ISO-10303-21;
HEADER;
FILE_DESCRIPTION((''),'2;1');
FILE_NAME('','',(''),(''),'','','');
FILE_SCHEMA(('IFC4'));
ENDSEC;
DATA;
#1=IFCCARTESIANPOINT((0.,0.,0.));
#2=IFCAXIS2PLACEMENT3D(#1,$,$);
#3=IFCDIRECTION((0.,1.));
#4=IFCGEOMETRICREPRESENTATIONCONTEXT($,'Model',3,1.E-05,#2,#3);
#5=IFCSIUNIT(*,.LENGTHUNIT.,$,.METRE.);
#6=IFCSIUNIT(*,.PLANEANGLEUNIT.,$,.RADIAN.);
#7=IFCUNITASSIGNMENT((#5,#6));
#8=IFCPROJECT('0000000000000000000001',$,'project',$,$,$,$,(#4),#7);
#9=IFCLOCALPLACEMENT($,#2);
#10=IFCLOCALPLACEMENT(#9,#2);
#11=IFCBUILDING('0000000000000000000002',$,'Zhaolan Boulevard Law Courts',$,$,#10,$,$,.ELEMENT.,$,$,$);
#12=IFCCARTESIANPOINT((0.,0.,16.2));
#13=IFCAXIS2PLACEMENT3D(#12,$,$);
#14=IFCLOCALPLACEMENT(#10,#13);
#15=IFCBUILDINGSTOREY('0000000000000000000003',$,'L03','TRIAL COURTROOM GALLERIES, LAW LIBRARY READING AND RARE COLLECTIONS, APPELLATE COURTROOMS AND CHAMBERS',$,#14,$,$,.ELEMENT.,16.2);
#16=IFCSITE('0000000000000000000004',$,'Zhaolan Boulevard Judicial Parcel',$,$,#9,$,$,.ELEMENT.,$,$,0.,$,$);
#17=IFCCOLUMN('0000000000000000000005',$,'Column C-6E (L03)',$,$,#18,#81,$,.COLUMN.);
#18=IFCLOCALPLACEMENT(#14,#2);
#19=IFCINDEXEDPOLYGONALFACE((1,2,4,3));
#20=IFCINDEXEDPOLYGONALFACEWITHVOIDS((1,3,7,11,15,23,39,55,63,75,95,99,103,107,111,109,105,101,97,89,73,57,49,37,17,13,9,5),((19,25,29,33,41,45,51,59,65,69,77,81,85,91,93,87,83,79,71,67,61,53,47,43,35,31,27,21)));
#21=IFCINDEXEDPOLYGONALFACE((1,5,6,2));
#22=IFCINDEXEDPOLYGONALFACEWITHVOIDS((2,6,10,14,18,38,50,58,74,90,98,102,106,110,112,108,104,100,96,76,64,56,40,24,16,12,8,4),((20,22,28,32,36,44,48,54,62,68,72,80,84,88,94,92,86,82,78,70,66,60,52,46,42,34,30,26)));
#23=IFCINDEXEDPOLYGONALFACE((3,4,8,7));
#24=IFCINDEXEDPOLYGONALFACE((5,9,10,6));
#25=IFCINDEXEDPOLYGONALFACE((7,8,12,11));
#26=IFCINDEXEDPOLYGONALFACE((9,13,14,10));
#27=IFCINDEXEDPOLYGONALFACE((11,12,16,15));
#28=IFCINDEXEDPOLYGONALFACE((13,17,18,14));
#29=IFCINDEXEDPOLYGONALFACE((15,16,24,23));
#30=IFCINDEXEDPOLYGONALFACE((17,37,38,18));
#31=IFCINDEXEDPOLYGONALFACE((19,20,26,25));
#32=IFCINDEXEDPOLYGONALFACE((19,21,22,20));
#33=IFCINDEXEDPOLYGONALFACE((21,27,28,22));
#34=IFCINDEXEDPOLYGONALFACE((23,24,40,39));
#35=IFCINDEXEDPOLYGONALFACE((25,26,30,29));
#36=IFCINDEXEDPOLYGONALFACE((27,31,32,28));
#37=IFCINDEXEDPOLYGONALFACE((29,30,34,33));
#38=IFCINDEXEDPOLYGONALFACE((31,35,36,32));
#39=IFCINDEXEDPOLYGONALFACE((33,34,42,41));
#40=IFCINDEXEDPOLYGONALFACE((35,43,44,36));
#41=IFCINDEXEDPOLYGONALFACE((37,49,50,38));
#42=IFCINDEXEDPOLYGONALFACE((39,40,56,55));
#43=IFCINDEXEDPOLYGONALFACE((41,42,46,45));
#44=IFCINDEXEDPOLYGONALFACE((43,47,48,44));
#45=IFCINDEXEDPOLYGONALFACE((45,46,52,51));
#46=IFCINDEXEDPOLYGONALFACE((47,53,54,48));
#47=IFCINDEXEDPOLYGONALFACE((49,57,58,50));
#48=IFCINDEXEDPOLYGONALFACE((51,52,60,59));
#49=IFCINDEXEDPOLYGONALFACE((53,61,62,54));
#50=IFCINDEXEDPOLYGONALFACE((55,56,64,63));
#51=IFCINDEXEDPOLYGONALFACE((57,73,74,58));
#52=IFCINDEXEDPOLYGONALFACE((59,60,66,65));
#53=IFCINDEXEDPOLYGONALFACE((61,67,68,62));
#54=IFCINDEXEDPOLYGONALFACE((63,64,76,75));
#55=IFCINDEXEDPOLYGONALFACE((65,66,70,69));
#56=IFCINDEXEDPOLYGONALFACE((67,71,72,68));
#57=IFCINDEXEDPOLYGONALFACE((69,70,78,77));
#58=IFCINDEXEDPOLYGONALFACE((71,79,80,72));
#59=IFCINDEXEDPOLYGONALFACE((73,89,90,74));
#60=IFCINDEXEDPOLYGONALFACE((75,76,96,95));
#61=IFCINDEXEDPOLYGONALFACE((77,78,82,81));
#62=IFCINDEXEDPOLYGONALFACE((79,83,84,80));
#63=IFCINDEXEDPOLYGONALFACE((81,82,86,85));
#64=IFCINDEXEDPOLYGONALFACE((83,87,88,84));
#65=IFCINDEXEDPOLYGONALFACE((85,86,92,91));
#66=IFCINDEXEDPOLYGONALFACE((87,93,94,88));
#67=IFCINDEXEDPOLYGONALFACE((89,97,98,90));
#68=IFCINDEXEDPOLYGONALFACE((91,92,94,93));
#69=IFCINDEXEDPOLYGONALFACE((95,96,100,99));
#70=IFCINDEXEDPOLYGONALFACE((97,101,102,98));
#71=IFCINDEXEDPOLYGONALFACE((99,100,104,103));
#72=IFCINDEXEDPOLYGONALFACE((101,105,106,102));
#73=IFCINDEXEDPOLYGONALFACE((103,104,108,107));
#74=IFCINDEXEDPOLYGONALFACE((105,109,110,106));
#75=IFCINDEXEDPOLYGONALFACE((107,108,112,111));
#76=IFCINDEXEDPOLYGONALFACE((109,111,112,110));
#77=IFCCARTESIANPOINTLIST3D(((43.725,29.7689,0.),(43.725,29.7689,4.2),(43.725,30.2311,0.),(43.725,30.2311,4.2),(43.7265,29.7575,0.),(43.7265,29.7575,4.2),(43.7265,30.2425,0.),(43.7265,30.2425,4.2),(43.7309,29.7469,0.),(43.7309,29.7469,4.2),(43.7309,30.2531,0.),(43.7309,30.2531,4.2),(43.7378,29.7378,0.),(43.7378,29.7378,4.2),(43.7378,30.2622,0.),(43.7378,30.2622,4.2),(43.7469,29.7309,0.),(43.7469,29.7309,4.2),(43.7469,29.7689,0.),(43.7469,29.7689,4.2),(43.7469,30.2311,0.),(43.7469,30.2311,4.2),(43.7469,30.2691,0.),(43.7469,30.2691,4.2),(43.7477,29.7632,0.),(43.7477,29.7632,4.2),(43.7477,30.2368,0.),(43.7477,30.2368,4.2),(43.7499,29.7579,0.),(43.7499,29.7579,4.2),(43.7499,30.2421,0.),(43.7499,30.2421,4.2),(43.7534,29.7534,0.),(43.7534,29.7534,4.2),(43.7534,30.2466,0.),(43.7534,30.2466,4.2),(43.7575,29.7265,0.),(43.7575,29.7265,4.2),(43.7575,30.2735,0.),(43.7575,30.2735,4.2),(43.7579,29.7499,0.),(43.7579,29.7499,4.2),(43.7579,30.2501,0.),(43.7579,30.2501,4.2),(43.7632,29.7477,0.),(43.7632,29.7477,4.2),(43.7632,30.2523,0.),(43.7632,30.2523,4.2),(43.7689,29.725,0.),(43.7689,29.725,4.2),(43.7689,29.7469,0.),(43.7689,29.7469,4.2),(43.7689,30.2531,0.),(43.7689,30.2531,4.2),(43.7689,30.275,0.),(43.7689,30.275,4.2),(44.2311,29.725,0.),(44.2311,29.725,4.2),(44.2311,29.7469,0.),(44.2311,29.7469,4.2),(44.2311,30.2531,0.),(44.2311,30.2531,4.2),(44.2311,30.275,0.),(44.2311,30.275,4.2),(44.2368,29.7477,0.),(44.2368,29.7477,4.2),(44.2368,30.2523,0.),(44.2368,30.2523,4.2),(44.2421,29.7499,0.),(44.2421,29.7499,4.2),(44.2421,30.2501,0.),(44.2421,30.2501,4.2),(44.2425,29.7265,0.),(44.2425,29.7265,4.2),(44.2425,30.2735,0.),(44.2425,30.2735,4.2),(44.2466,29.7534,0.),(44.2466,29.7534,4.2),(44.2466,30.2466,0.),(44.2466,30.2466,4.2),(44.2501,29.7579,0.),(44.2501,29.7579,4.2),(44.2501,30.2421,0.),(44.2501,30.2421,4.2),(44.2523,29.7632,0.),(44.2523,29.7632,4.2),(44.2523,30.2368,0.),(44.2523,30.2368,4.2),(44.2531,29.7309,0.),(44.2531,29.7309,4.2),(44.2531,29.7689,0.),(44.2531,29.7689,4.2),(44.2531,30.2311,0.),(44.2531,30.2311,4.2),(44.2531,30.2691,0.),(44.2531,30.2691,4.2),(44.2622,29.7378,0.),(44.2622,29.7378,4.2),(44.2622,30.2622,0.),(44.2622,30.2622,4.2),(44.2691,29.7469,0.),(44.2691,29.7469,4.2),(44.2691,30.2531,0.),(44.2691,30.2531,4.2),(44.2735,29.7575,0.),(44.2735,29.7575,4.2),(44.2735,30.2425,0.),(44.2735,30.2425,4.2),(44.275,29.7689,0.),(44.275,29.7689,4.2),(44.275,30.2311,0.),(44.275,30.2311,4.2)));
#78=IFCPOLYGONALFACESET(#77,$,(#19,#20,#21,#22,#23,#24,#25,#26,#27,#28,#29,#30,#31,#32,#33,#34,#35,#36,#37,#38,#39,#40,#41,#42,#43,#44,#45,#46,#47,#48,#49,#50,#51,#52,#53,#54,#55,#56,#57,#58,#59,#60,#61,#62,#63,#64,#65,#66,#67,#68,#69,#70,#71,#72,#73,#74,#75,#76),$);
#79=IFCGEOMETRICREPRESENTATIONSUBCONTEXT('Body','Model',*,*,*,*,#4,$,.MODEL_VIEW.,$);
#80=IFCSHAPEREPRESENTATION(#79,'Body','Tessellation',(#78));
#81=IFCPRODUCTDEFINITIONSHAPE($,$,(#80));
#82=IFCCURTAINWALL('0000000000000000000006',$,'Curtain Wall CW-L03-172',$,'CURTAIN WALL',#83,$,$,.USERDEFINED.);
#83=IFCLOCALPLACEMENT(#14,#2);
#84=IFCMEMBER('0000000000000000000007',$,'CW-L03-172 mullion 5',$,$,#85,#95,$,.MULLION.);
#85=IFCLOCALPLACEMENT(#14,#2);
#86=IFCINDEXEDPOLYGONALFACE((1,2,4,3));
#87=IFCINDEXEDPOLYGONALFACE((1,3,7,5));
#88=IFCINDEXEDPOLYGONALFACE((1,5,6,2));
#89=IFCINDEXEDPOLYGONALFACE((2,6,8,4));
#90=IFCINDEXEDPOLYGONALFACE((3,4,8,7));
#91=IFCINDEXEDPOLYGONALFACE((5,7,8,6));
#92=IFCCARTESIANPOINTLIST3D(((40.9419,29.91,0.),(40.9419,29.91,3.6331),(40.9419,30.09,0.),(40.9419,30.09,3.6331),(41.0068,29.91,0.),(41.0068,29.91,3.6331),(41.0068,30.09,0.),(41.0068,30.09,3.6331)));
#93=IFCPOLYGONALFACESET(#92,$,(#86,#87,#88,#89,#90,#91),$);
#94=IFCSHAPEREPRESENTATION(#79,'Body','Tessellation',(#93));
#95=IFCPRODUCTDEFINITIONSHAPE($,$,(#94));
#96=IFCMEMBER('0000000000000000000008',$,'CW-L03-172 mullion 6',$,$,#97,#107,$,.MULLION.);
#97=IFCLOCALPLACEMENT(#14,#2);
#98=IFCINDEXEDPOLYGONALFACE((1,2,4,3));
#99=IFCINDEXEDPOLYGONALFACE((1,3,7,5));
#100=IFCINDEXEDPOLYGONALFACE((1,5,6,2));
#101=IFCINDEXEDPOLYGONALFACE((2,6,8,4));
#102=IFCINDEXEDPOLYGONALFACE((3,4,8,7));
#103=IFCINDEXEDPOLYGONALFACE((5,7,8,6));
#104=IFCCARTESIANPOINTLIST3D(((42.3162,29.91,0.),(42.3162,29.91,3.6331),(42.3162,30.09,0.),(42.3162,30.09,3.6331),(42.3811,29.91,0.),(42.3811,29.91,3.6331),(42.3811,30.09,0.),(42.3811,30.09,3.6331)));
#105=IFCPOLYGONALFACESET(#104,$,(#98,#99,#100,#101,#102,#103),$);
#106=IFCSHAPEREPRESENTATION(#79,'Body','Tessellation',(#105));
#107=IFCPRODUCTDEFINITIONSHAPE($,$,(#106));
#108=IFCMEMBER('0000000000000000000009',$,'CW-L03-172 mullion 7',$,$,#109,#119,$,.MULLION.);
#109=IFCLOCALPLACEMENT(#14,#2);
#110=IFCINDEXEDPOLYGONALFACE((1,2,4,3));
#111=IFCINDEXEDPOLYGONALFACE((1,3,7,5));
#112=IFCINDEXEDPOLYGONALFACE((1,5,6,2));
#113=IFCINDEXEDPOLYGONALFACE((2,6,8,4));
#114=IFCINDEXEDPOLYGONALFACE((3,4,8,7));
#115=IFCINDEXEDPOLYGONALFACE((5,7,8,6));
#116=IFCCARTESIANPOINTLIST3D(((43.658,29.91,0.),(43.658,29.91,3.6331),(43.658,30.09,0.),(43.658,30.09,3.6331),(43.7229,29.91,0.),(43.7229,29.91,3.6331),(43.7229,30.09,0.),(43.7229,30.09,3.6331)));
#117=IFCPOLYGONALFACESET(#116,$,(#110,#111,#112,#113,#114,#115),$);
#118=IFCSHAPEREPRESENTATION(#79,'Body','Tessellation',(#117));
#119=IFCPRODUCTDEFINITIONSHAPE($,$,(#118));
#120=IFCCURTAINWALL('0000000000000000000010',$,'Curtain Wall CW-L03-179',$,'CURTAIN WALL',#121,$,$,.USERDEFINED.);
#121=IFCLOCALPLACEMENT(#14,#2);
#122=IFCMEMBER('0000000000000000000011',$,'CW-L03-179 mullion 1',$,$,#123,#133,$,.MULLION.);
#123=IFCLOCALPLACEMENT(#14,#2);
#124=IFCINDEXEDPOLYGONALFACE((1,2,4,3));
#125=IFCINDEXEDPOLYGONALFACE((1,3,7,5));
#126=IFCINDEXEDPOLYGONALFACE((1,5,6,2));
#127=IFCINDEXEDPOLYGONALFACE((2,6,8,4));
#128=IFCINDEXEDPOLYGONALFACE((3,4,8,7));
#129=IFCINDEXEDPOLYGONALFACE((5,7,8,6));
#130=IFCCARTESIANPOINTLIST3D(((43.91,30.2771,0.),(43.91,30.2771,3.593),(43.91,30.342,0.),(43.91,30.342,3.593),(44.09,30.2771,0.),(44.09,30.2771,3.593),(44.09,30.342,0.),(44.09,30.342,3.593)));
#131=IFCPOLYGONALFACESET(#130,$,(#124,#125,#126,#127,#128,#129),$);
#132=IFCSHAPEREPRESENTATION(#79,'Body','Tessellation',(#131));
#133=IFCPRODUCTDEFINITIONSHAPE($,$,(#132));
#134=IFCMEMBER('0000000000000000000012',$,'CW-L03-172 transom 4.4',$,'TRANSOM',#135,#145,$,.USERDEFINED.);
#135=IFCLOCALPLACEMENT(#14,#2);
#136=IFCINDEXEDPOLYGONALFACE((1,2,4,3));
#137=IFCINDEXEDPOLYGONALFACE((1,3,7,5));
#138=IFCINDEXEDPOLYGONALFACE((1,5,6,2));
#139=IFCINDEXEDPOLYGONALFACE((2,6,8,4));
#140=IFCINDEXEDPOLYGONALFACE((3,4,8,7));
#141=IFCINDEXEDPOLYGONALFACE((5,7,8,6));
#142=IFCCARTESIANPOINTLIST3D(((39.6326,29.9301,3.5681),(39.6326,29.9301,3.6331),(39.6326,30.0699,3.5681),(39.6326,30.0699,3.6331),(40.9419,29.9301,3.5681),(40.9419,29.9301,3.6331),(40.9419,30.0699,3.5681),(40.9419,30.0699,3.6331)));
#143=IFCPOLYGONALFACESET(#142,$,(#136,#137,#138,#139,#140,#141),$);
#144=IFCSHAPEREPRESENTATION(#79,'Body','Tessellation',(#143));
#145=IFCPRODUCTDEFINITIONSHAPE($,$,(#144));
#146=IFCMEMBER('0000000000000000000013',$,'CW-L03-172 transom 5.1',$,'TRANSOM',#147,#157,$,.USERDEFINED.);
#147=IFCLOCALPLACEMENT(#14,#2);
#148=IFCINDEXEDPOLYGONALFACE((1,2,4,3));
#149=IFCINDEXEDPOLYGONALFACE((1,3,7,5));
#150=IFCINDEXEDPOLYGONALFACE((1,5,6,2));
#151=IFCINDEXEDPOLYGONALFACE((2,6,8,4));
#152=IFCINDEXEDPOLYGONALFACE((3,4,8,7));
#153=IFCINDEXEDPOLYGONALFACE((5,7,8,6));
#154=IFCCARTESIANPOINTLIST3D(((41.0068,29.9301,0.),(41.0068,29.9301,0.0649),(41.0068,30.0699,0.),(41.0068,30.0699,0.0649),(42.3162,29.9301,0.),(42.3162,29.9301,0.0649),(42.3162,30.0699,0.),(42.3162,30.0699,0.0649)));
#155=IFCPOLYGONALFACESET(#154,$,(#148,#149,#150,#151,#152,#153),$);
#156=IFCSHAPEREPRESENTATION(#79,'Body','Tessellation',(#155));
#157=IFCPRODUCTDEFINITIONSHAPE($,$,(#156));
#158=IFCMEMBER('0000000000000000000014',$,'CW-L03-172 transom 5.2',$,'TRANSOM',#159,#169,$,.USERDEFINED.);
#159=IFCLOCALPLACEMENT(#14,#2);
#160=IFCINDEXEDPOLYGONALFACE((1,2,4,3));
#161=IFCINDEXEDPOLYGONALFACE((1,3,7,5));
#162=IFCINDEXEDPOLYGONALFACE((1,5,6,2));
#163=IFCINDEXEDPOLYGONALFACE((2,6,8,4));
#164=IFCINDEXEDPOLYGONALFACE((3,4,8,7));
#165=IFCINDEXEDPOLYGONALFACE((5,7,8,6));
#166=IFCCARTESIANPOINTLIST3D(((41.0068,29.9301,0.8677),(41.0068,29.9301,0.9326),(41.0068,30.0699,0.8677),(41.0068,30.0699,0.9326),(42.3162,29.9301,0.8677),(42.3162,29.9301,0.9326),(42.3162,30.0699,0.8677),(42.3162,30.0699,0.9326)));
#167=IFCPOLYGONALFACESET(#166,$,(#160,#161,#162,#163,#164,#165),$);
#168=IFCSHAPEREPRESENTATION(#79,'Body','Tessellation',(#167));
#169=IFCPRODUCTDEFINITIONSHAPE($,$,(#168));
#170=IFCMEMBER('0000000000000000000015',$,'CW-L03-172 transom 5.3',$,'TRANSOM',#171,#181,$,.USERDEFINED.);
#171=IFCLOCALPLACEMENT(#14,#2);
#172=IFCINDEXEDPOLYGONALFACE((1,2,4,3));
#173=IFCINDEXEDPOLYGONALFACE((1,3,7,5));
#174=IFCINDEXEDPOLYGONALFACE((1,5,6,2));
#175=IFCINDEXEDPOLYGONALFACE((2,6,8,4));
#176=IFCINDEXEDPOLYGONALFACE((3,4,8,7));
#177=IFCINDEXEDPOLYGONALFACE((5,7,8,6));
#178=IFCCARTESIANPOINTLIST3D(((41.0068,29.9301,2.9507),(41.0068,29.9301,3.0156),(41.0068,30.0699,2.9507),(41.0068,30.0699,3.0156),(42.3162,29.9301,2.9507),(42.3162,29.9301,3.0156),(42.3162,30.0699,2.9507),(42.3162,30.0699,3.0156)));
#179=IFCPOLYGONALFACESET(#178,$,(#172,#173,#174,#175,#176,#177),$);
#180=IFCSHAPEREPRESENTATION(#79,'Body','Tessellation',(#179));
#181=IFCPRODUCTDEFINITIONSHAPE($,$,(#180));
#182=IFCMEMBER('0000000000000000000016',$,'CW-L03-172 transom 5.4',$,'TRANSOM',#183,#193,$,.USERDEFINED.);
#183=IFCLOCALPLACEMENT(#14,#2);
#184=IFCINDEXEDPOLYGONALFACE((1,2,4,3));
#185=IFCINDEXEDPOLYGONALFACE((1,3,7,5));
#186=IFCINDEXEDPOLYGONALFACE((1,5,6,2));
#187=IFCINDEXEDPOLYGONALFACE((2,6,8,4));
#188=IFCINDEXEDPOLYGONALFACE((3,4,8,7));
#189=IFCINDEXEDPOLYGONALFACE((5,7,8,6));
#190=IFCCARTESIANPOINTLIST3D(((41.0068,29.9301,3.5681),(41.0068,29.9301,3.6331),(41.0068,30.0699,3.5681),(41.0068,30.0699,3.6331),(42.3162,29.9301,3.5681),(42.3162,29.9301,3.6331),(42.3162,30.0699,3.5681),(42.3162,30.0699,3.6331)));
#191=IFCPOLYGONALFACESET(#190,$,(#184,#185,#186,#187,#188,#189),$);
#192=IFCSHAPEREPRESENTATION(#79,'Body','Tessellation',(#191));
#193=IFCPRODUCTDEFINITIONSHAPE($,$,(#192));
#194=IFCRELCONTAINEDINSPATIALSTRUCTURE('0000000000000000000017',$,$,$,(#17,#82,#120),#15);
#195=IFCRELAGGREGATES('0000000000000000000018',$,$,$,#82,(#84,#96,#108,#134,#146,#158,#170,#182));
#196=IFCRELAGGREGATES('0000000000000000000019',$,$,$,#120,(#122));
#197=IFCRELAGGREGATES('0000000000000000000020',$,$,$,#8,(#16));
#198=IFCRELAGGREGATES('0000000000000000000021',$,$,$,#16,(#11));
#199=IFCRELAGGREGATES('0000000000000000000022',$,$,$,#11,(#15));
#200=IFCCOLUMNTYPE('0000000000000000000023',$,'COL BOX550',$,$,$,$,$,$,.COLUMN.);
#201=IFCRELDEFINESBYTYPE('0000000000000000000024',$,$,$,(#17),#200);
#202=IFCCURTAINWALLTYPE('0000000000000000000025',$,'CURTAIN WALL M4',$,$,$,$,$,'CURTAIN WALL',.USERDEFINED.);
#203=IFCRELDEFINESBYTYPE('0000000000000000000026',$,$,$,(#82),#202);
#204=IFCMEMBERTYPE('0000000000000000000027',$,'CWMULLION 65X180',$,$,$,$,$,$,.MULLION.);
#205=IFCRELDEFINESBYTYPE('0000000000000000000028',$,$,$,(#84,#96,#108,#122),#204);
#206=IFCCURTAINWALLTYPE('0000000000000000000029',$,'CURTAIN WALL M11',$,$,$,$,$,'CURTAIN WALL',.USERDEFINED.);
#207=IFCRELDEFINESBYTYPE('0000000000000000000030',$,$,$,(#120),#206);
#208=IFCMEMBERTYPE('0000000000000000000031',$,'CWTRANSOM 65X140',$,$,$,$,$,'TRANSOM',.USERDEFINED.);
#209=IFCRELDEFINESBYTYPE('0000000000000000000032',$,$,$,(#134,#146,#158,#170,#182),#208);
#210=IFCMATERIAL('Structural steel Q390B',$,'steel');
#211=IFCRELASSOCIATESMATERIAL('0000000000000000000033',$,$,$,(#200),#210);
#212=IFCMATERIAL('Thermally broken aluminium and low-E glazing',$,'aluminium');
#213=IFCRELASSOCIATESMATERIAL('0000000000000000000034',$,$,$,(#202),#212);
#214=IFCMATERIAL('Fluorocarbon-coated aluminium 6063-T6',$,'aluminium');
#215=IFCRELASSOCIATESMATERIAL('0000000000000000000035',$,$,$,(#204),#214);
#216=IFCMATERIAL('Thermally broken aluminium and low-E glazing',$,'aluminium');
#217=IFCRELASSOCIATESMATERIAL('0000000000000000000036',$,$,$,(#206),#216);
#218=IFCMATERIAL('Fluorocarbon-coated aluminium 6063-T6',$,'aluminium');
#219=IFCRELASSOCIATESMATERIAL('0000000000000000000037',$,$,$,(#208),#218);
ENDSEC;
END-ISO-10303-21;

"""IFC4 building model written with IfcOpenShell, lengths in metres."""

from ifc_helpers import new_model, si_unit, direction, frame, origin, origin_2d, place, context, subcontext, project, spatial, rectangle, hollow_rectangle, extrude, material, material_profile, profile_set, type_object, element, aggregate, save


model = new_model("IFC4")

# Units and contexts
model_context = context("Model", 3, precision=1e-05, world=origin(), true_north=direction((0.0, 1.0)))
body_context = subcontext(model_context, "Body", "Model", "MODEL_VIEW")
ifc_project = project(units=[si_unit("LENGTHUNIT", "METRE"), si_unit("PLANEANGLEUNIT", "RADIAN")], contexts=[model_context])

# Site, building, storey
site_placement = place(None, origin())
site = spatial("IfcSite", under=ifc_project, at=site_placement, Name="Zhaolan Boulevard Judicial Parcel", CompositionType="ELEMENT", RefElevation=0.0)
building_placement = place(site_placement, origin())
building = spatial("IfcBuilding", under=site, at=building_placement, Name="Zhaolan Boulevard Law Courts", CompositionType="ELEMENT")
storey_placement = place(building_placement, frame((0.0, 0.0, 16.2)))
storey = spatial("IfcBuildingStorey", under=building, at=storey_placement, Name="L03", Description="TRIAL COURTROOM GALLERIES, LAW LIBRARY READING AND RARE COLLECTIONS, APPELLATE COURTROOMS AND CHAMBERS", CompositionType="ELEMENT", Elevation=16.2)

# Column
ifc_material_1 = material(Name="Structural steel Q390B", Category="steel")
ifc_material_profile_1 = material_profile(ifc_material_1, hollow_rectangle(XDim=0.55, YDim=0.55, WallThickness=0.022, InnerFilletRadius=0.022, OuterFilletRadius=0.0439, at=origin_2d()), Name="BOX550x550x22")
ifc_profile_set_1 = profile_set([ifc_material_profile_1], Name="Structural steel Q390B")
column_type = type_object("IfcColumnType", Name="COL BOX550", PredefinedType="COLUMN", material=ifc_profile_set_1)
column_placement = place(storey_placement, frame((44.0, 30.0, 0.0), z_axis=(0.0, 0.0, 1.0), x_axis=(1.0, 0.0, 0.0)))
element("IfcColumn", 1, at=column_placement, inside=storey, type_object=column_type, Name="Column C-6E (L03)", PredefinedType="COLUMN", context=body_context, shape_type="SweptSolid", body=[
    extrude(hollow_rectangle(XDim=0.55, YDim=0.55, WallThickness=0.022, InnerFilletRadius=0.022, OuterFilletRadius=0.0439, at=origin_2d()), origin(), (0.0, 0.0, 1.0), 4.2),
])

# Curtain wall, members
ifc_material_2 = material(Name="Thermally broken aluminium and low-E glazing", Category="aluminium")
curtain_wall_type_1 = type_object("IfcCurtainWallType", Name="CURTAIN WALL M4", ElementType="CURTAIN WALL", PredefinedType="USERDEFINED", material=ifc_material_2)
curtain_wall_1_placement = place(storey_placement, origin())
curtain_wall_1 = element("IfcCurtainWall", 2, at=curtain_wall_1_placement, inside=storey, type_object=curtain_wall_type_1, Name="Curtain Wall CW-L03-172", ObjectType="CURTAIN WALL", PredefinedType="USERDEFINED")
ifc_material_3 = material(Name="Fluorocarbon-coated aluminium 6063-T6", Category="aluminium")
ifc_material_profile_2 = material_profile(ifc_material_3, rectangle(XDim=0.1799, YDim=0.0649, at=origin_2d()), Name="AL65x180")
ifc_profile_set_2 = profile_set([ifc_material_profile_2], Name="Fluorocarbon-coated aluminium 6063-T6")
member_type_1 = type_object("IfcMemberType", Name="CWMULLION 65X180", PredefinedType="MULLION", material=ifc_profile_set_2)
member_1_placement = place(storey_placement, frame((40.9744, 30.0, 0.0), z_axis=(0.0, 0.0, 1.0), x_axis=(0.0, 1.0, 0.0)))
member_1 = element("IfcMember", 3, at=member_1_placement, type_object=member_type_1, Name="CW-L03-172 mullion 5", PredefinedType="MULLION", context=body_context, shape_type="SweptSolid", body=[
    extrude(rectangle(XDim=0.1799, YDim=0.0649, at=origin_2d()), origin(), (0.0, 0.0, 1.0), 3.6331),
])
member_2_placement = place(storey_placement, frame((42.3486, 30.0, 0.0), z_axis=(0.0, 0.0, 1.0), x_axis=(0.0, 1.0, 0.0)))
member_2 = element("IfcMember", 4, at=member_2_placement, type_object=member_type_1, Name="CW-L03-172 mullion 6", PredefinedType="MULLION", context=body_context, shape_type="SweptSolid", body=[
    extrude(rectangle(XDim=0.1799, YDim=0.0649, at=origin_2d()), origin(), (0.0, 0.0, 1.0), 3.6331),
])
member_3_placement = place(storey_placement, frame((43.6904, 30.0, 0.0), z_axis=(0.0, 0.0, 1.0), x_axis=(0.0, 1.0, 0.0)))
member_3 = element("IfcMember", 5, at=member_3_placement, type_object=member_type_1, Name="CW-L03-172 mullion 7", PredefinedType="MULLION", context=body_context, shape_type="SweptSolid", body=[
    extrude(rectangle(XDim=0.1799, YDim=0.0649, at=origin_2d()), origin(), (0.0, 0.0, 1.0), 3.6331),
])

# Curtain wall, member
ifc_material_4 = material(Name="Thermally broken aluminium and low-E glazing", Category="aluminium")
curtain_wall_type_2 = type_object("IfcCurtainWallType", Name="CURTAIN WALL M11", ElementType="CURTAIN WALL", PredefinedType="USERDEFINED", material=ifc_material_4)
curtain_wall_2_placement = place(storey_placement, origin())
curtain_wall_2 = element("IfcCurtainWall", 6, at=curtain_wall_2_placement, inside=storey, type_object=curtain_wall_type_2, Name="Curtain Wall CW-L03-179", ObjectType="CURTAIN WALL", PredefinedType="USERDEFINED")
member_4_placement = place(storey_placement, frame((44.0, 30.3096, 0.0), z_axis=(0.0, 0.0, 1.0), x_axis=(-1.0, 0.0, 0.0)))
member_4 = element("IfcMember", 7, at=member_4_placement, type_object=member_type_1, Name="CW-L03-179 mullion 1", PredefinedType="MULLION", context=body_context, shape_type="SweptSolid", body=[
    extrude(rectangle(XDim=0.1799, YDim=0.0649, at=origin_2d()), origin(), (0.0, 0.0, 1.0), 3.593),
])

# Members
ifc_material_5 = material(Name="Fluorocarbon-coated aluminium 6063-T6", Category="aluminium")
ifc_material_profile_3 = material_profile(ifc_material_5, rectangle(XDim=0.1399, YDim=0.0649, at=origin_2d()), Name="AL65x140")
ifc_profile_set_3 = profile_set([ifc_material_profile_3], Name="Fluorocarbon-coated aluminium 6063-T6")
member_type_2 = type_object("IfcMemberType", Name="CWTRANSOM 65X140", ElementType="TRANSOM", PredefinedType="USERDEFINED", material=ifc_profile_set_3)
member_5_placement = place(storey_placement, frame((39.6326, 30.0, 3.6006), z_axis=(1.0, 0.0, 0.0), x_axis=(0.0, 1.0, 0.0)))
member_5 = element("IfcMember", 8, at=member_5_placement, type_object=member_type_2, Name="CW-L03-172 transom 4.4", ObjectType="TRANSOM", PredefinedType="USERDEFINED", context=body_context, shape_type="SweptSolid", body=[
    extrude(rectangle(XDim=0.1399, YDim=0.0649, at=origin_2d()), origin(), (0.0, 0.0, 1.0), 1.3093),
])
member_6_placement = place(storey_placement, frame((41.0068, 30.0, 0.0325), z_axis=(1.0, 0.0, 0.0), x_axis=(0.0, 1.0, 0.0)))
member_6 = element("IfcMember", 9, at=member_6_placement, type_object=member_type_2, Name="CW-L03-172 transom 5.1", ObjectType="TRANSOM", PredefinedType="USERDEFINED", context=body_context, shape_type="SweptSolid", body=[
    extrude(rectangle(XDim=0.1399, YDim=0.0649, at=origin_2d()), origin(), (0.0, 0.0, 1.0), 1.3093),
])
member_7_placement = place(storey_placement, frame((41.0068, 30.0, 0.9001), z_axis=(1.0, 0.0, 0.0), x_axis=(0.0, 1.0, 0.0)))
member_7 = element("IfcMember", 10, at=member_7_placement, type_object=member_type_2, Name="CW-L03-172 transom 5.2", ObjectType="TRANSOM", PredefinedType="USERDEFINED", context=body_context, shape_type="SweptSolid", body=[
    extrude(rectangle(XDim=0.1399, YDim=0.0649, at=origin_2d()), origin(), (0.0, 0.0, 1.0), 1.3093),
])
member_8_placement = place(storey_placement, frame((41.0068, 30.0, 2.9832), z_axis=(1.0, 0.0, 0.0), x_axis=(0.0, 1.0, 0.0)))
member_8 = element("IfcMember", 11, at=member_8_placement, type_object=member_type_2, Name="CW-L03-172 transom 5.3", ObjectType="TRANSOM", PredefinedType="USERDEFINED", context=body_context, shape_type="SweptSolid", body=[
    extrude(rectangle(XDim=0.1399, YDim=0.0649, at=origin_2d()), origin(), (0.0, 0.0, 1.0), 1.3093),
])
member_9_placement = place(storey_placement, frame((41.0068, 30.0, 3.6006), z_axis=(1.0, 0.0, 0.0), x_axis=(0.0, 1.0, 0.0)))
member_9 = element("IfcMember", 12, at=member_9_placement, type_object=member_type_2, Name="CW-L03-172 transom 5.4", ObjectType="TRANSOM", PredefinedType="USERDEFINED", context=body_context, shape_type="SweptSolid", body=[
    extrude(rectangle(XDim=0.1399, YDim=0.0649, at=origin_2d()), origin(), (0.0, 0.0, 1.0), 1.3093),
])

aggregate(curtain_wall_1, [member_1, member_2, member_3, member_5, member_6, member_7, member_8, member_9])
aggregate(curtain_wall_2, [member_4])

save(model, "model.ifc")
